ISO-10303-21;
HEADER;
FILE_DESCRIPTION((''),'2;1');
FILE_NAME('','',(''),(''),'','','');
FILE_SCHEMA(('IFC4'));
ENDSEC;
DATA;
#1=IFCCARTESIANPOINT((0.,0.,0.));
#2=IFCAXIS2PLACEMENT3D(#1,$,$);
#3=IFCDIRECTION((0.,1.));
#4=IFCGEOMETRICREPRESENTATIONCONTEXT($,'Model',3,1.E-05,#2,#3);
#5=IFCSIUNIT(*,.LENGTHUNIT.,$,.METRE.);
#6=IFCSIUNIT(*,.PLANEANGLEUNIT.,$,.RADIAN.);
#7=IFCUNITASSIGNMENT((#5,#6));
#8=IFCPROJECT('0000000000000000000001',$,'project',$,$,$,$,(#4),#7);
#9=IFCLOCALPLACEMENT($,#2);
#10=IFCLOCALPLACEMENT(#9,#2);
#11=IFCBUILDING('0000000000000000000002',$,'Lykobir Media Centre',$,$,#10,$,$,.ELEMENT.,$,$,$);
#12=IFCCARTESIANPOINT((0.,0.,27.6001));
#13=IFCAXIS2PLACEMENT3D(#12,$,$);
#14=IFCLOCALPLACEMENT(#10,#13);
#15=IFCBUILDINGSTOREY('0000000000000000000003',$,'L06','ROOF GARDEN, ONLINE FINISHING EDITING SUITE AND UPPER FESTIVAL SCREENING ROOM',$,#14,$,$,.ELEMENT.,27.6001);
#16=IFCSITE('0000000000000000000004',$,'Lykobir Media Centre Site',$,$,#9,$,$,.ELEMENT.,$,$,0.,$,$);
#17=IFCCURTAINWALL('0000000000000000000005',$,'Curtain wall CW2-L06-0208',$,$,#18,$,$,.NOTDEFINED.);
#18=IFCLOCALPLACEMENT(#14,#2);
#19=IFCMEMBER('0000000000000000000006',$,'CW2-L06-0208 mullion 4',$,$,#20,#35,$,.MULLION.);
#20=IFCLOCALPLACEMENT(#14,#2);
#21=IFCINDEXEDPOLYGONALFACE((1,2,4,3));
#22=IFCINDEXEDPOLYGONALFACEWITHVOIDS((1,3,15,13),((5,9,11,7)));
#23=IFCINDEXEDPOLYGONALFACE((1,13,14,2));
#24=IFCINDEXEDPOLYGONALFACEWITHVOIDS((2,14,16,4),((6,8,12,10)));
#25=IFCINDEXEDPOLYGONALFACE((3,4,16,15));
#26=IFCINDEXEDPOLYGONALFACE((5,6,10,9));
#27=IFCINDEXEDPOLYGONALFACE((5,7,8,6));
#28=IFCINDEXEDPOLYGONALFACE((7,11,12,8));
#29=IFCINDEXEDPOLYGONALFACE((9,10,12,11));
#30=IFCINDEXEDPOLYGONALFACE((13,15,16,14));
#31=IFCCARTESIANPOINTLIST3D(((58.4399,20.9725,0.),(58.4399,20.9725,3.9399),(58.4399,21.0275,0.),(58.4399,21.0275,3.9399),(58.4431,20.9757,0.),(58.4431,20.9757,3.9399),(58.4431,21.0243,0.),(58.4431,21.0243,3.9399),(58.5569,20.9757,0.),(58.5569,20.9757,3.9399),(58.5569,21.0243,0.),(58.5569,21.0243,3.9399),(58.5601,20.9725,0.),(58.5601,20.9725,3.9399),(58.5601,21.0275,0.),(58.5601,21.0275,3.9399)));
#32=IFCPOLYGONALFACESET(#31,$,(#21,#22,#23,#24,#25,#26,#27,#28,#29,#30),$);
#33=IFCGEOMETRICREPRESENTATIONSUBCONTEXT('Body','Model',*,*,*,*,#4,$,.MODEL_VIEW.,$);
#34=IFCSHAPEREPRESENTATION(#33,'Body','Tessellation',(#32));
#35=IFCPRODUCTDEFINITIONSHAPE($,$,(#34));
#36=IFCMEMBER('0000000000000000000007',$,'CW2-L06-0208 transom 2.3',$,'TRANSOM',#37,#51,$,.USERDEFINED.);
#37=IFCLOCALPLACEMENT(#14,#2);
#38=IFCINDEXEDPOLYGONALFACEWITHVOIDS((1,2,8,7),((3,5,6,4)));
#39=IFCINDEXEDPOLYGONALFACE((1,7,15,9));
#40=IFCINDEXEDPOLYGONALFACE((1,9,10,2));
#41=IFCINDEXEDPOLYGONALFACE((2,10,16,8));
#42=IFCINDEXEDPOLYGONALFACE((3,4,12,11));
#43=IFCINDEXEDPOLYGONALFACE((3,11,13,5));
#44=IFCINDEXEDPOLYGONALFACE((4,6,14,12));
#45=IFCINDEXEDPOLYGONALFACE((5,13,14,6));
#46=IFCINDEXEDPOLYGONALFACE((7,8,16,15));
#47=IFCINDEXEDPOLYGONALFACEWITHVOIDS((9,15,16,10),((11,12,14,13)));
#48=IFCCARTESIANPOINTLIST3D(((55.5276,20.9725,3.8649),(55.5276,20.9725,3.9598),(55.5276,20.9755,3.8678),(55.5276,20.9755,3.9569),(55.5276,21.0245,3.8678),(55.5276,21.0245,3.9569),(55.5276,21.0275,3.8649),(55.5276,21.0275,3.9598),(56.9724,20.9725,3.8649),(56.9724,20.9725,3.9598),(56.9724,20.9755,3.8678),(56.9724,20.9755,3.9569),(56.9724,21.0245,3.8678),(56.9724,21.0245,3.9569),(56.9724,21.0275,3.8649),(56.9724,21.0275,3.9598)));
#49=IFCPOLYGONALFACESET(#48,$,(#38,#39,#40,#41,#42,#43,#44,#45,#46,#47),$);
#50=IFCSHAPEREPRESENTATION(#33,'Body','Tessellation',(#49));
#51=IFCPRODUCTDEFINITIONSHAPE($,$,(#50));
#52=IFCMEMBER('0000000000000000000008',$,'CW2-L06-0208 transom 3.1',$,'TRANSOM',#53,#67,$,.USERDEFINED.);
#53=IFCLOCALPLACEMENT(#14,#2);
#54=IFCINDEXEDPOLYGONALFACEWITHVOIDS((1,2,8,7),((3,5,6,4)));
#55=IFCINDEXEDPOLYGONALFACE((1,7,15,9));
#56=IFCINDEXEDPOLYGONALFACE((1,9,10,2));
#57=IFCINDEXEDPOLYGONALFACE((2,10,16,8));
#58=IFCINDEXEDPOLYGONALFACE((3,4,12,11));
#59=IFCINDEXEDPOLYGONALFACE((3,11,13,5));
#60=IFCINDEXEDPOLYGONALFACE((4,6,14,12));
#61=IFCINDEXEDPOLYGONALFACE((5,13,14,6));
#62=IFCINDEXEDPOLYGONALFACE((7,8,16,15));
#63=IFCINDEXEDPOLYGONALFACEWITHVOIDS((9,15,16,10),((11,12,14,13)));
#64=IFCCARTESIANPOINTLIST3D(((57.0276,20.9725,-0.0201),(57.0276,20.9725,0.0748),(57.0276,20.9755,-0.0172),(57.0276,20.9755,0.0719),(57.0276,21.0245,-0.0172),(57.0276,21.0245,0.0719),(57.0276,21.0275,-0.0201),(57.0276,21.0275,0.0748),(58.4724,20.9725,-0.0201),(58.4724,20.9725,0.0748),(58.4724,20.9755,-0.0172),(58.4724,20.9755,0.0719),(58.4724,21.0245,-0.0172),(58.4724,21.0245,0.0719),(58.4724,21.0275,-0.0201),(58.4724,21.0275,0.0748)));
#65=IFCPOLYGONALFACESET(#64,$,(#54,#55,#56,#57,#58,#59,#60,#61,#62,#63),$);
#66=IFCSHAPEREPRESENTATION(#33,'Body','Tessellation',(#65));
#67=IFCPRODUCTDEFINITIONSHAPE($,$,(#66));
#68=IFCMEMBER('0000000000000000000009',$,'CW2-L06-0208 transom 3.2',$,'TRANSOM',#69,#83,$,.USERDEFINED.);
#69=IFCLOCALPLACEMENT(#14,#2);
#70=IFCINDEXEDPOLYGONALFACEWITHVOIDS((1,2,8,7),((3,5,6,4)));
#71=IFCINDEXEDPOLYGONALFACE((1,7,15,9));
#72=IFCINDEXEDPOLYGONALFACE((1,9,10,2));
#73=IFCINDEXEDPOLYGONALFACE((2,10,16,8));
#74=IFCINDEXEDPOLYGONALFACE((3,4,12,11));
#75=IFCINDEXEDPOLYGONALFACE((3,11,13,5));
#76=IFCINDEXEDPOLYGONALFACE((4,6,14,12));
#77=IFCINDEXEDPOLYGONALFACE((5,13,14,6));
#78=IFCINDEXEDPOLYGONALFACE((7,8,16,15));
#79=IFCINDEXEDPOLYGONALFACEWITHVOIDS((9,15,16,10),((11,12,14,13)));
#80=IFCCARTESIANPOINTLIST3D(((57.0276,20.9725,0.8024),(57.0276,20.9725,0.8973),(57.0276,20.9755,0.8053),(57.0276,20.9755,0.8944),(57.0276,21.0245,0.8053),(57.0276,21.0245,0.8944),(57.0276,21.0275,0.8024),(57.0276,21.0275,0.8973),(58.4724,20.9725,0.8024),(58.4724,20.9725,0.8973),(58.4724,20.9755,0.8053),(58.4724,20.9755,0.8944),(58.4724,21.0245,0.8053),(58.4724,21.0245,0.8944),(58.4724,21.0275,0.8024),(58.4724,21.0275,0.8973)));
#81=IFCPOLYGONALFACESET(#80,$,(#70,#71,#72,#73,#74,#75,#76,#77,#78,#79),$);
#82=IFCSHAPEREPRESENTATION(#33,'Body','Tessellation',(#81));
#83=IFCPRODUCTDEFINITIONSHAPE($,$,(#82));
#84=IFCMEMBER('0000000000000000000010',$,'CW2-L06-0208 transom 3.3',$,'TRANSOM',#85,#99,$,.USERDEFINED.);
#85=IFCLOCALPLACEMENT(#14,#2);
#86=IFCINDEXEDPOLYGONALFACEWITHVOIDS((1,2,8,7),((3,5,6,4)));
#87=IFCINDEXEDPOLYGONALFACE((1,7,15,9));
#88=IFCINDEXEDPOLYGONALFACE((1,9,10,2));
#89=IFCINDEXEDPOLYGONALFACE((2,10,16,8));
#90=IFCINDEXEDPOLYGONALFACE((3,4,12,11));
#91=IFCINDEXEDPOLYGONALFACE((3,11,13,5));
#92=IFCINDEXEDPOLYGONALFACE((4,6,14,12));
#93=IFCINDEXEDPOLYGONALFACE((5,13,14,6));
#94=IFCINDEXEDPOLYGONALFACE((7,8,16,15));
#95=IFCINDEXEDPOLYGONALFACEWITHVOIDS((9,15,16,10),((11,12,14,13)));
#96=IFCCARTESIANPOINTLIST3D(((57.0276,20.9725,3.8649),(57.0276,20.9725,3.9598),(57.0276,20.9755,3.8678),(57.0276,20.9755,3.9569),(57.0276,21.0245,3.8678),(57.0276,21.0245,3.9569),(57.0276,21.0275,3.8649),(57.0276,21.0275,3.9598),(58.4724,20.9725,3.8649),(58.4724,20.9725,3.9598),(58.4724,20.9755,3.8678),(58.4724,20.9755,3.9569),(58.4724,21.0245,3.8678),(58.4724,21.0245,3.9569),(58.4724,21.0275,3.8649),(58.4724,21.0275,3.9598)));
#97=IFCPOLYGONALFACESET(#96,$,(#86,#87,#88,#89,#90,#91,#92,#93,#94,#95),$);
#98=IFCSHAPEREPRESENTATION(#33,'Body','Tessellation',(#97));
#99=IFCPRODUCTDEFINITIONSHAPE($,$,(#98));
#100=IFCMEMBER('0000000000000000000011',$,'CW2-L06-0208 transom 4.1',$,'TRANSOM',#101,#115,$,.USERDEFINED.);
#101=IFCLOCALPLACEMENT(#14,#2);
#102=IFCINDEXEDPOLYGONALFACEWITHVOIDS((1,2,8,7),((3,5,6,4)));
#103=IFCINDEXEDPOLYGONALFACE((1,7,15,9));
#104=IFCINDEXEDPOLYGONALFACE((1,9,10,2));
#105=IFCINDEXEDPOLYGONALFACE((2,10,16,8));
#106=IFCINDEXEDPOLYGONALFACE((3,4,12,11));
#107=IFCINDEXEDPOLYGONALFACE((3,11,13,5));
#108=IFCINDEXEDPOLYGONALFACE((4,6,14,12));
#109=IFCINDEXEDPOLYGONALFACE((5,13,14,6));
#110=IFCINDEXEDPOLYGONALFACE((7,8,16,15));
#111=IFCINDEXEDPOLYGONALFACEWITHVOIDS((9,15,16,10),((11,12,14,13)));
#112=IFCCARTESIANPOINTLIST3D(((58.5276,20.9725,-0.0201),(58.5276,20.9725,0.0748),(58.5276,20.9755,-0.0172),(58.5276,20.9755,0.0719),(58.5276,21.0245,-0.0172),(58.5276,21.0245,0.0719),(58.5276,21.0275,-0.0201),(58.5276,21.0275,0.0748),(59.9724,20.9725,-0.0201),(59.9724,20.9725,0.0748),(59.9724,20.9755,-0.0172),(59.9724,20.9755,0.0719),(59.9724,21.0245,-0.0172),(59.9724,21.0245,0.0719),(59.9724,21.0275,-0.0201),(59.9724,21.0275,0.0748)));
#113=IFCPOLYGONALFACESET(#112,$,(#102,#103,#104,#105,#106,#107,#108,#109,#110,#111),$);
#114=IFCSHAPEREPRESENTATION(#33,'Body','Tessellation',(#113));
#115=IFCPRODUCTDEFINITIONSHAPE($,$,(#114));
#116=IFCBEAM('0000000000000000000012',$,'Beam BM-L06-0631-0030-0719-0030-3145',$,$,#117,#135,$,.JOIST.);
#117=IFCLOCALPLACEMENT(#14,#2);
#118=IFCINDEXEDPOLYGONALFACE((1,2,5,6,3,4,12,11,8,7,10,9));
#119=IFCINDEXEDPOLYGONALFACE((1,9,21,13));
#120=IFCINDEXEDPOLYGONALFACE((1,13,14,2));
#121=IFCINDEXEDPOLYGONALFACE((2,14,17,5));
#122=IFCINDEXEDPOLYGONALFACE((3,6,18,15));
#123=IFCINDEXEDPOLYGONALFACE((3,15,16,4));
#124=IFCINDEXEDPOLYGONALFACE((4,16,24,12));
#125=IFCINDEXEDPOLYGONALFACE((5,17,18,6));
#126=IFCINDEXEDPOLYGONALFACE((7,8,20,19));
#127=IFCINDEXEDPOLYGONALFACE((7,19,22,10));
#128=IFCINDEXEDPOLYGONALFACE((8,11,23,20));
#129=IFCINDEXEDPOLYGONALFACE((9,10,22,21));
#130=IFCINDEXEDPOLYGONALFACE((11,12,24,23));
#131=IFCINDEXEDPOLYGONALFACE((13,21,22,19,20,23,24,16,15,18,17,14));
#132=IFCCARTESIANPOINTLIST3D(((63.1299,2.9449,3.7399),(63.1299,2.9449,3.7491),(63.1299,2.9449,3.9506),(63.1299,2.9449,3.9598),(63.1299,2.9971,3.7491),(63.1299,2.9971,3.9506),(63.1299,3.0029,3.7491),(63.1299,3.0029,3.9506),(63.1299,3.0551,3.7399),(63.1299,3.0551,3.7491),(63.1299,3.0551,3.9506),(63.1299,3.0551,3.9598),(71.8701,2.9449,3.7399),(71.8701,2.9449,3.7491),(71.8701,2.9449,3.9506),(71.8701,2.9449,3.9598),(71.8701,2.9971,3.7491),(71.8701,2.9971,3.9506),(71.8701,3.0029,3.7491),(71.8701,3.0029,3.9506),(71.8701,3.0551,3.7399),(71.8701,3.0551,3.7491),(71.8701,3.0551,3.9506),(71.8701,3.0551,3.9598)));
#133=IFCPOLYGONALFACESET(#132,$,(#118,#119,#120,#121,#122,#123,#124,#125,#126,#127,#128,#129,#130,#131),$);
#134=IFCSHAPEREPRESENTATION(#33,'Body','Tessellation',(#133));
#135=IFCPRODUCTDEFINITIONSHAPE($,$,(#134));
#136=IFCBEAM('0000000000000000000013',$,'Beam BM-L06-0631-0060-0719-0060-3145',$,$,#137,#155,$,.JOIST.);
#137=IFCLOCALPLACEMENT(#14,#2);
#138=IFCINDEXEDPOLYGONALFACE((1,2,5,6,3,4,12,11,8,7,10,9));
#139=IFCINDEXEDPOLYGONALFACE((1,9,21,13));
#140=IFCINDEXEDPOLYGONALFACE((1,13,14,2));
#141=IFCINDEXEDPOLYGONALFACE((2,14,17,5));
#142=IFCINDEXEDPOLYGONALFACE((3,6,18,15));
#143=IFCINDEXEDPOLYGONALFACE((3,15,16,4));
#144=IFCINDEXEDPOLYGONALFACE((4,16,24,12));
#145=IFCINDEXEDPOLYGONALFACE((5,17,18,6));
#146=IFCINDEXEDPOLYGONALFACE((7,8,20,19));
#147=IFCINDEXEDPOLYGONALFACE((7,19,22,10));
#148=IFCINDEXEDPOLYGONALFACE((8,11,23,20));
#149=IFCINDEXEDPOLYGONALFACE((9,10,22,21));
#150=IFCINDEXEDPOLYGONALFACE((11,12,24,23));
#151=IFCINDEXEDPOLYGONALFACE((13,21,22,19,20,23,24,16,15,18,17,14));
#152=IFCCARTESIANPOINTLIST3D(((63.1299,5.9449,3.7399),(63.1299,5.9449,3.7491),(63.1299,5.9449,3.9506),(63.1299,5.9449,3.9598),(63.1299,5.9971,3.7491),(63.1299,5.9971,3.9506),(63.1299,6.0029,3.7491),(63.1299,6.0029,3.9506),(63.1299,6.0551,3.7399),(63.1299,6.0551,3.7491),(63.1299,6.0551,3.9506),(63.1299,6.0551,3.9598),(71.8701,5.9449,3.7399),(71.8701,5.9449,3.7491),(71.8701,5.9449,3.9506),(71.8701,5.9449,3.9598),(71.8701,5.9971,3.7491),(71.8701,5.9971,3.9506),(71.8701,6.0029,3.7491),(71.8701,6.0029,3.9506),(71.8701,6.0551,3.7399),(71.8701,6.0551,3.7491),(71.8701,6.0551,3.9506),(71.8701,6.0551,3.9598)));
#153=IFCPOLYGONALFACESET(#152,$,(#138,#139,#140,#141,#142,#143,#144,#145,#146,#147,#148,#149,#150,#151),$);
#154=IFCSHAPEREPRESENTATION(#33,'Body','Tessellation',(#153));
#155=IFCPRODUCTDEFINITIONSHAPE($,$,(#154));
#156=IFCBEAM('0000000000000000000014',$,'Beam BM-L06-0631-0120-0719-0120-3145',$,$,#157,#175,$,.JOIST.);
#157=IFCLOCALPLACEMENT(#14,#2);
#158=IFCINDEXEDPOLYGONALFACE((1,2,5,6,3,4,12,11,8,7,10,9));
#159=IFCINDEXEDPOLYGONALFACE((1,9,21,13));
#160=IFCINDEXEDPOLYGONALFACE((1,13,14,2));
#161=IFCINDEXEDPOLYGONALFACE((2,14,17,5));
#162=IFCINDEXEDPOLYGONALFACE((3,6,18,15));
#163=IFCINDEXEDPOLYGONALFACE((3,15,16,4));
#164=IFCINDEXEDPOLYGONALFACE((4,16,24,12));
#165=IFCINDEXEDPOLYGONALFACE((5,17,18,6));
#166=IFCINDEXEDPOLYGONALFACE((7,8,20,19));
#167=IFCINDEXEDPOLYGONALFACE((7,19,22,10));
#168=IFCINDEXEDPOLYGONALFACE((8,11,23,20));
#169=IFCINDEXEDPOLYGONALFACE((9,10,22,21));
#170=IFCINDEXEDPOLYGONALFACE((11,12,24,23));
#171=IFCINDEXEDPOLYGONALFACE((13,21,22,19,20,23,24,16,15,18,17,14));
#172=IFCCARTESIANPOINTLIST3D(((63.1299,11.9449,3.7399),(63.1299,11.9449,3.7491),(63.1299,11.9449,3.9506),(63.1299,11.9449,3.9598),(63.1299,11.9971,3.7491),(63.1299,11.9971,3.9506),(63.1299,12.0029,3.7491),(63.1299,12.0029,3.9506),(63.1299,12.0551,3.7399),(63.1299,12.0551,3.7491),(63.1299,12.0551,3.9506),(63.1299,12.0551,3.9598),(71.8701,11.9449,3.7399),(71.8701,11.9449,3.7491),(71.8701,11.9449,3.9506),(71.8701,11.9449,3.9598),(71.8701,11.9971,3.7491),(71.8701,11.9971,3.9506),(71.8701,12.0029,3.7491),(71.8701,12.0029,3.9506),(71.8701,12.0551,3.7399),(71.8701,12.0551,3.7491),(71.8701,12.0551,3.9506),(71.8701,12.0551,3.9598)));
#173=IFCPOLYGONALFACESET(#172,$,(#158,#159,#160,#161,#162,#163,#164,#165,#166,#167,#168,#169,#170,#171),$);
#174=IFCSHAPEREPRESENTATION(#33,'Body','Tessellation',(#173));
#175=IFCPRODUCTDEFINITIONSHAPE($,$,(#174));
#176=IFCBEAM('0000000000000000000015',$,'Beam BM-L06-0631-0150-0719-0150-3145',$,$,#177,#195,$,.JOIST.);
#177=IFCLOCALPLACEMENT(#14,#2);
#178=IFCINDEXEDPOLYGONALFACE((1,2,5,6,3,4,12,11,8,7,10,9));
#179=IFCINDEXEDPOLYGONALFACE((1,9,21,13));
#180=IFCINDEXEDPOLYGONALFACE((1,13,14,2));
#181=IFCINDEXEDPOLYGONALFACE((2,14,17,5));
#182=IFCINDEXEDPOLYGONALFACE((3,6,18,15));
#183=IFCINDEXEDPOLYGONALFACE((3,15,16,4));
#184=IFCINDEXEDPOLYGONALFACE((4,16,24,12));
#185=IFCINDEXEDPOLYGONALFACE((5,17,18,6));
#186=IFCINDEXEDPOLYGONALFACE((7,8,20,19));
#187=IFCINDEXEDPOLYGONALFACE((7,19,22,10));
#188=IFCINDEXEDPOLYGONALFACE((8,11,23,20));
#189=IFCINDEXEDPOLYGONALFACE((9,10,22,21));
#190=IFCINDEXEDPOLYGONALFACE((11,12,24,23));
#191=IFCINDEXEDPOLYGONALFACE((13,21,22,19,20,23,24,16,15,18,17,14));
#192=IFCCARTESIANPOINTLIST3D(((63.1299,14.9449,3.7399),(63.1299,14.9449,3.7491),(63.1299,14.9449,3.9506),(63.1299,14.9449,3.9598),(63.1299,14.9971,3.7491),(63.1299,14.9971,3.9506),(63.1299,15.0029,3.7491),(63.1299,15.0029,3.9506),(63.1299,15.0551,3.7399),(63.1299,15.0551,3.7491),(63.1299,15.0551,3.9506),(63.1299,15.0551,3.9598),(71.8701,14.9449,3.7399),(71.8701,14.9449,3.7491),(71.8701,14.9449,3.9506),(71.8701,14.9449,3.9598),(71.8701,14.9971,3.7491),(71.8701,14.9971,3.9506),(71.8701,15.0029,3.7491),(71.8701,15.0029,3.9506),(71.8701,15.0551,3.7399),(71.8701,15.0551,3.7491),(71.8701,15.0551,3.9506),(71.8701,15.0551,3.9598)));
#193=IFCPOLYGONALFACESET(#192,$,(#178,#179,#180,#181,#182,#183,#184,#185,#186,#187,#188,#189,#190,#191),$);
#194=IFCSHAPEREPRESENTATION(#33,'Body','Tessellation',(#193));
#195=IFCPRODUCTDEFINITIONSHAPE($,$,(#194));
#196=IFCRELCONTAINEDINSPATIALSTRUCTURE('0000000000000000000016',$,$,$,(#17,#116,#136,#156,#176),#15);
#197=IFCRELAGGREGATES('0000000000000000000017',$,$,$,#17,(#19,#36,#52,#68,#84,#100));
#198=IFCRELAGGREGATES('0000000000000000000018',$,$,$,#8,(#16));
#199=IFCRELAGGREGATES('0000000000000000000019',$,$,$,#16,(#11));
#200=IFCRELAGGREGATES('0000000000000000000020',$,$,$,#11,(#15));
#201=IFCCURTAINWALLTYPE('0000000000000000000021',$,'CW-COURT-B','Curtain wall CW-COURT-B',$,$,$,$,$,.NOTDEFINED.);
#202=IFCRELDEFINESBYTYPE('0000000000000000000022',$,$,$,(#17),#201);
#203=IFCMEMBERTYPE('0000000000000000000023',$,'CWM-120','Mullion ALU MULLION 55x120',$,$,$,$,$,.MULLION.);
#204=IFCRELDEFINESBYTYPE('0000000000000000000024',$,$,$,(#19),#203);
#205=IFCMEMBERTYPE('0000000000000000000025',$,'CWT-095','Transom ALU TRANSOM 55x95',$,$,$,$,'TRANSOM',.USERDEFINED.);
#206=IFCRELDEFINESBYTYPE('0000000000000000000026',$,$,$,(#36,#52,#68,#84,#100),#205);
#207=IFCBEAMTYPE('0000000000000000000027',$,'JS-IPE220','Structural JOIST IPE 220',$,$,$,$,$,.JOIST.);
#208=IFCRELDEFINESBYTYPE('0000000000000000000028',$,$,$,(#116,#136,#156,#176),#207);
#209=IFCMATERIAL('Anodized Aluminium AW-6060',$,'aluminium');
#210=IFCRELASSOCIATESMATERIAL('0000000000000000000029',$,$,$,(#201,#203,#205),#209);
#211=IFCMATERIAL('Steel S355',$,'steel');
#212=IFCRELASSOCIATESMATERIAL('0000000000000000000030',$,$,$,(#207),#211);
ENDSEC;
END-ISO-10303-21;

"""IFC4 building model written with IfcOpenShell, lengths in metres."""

from ifc_helpers import new_model, si_unit, direction, frame, origin, origin_2d, place, context, subcontext, project, spatial, hollow_rectangle, i_section, extrude, material, material_profile, profile_set, type_object, element, aggregate, save


model = new_model("IFC4")

# Units and contexts
model_context = context("Model", 3, precision=1e-05, world=origin(), true_north=direction((0.0, 1.0)))
body_context = subcontext(model_context, "Body", "Model", "MODEL_VIEW")
ifc_project = project(units=[si_unit("LENGTHUNIT", "METRE"), si_unit("PLANEANGLEUNIT", "RADIAN")], contexts=[model_context])

# Site, building, storey
site_placement = place(None, origin())
site = spatial("IfcSite", under=ifc_project, at=site_placement, Name="Lykobir Media Centre Site", CompositionType="ELEMENT", RefElevation=0.0)
building_placement = place(site_placement, origin())
building = spatial("IfcBuilding", under=site, at=building_placement, Name="Lykobir Media Centre", CompositionType="ELEMENT")
storey_placement = place(building_placement, frame((0.0, 0.0, 27.6001)))
storey = spatial("IfcBuildingStorey", under=building, at=storey_placement, Name="L06", Description="ROOF GARDEN, ONLINE FINISHING EDITING SUITE AND UPPER FESTIVAL SCREENING ROOM", CompositionType="ELEMENT", Elevation=27.6001)

# Shared definitions
ifc_material_1 = material(Name="Steel S355", Category="steel")

# Curtain wall, members
ifc_material_2 = material(Name="Anodized Aluminium AW-6060", Category="aluminium")
curtain_wall_type = type_object("IfcCurtainWallType", Name="CW-COURT-B", Description="Curtain wall CW-COURT-B", PredefinedType="NOTDEFINED", material=ifc_material_2)
curtain_wall_placement = place(storey_placement, origin())
curtain_wall = element("IfcCurtainWall", 1, at=curtain_wall_placement, inside=storey, type_object=curtain_wall_type, Name="Curtain wall CW2-L06-0208", PredefinedType="NOTDEFINED")
ifc_material_profile_1 = material_profile(ifc_material_2, hollow_rectangle(XDim=0.0549, YDim=0.1201, WallThickness=0.0032, at=origin_2d()), Name="ALU MULLION 55x120")
ifc_profile_set_1 = profile_set([ifc_material_profile_1], Name="Anodized Aluminium AW-6060")
member_type_1 = type_object("IfcMemberType", Name="CWM-120", Description="Mullion ALU MULLION 55x120", PredefinedType="MULLION", material=ifc_profile_set_1)
member_1_placement = place(storey_placement, frame((58.5, 21.0, 0.0), z_axis=(0.0, 0.0, 1.0), x_axis=(0.0, 1.0, 0.0)))
member_1 = element("IfcMember", 2, at=member_1_placement, type_object=member_type_1, Name="CW2-L06-0208 mullion 4", PredefinedType="MULLION", context=body_context, shape_type="SweptSolid", body=[
    extrude(hollow_rectangle(XDim=0.0549, YDim=0.1201, WallThickness=0.0032, at=origin_2d()), origin(), (0.0, 0.0, 1.0), 3.9399),
])
ifc_material_profile_2 = material_profile(ifc_material_2, hollow_rectangle(XDim=0.0549, YDim=0.095, WallThickness=0.0029, at=origin_2d()), Name="ALU TRANSOM 55x95")
ifc_profile_set_2 = profile_set([ifc_material_profile_2], Name="Anodized Aluminium AW-6060")
member_type_2 = type_object("IfcMemberType", Name="CWT-095", Description="Transom ALU TRANSOM 55x95", ElementType="TRANSOM", PredefinedType="USERDEFINED", material=ifc_profile_set_2)
member_2_placement = place(storey_placement, frame((55.5276, 21.0, 3.9124), z_axis=(1.0, 0.0, 0.0), x_axis=(0.0, 1.0, 0.0)))
member_2 = element("IfcMember", 3, at=member_2_placement, type_object=member_type_2, Name="CW2-L06-0208 transom 2.3", ObjectType="TRANSOM", PredefinedType="USERDEFINED", context=body_context, shape_type="SweptSolid", body=[
    extrude(hollow_rectangle(XDim=0.0549, YDim=0.095, WallThickness=0.0029, at=origin_2d()), origin(), (0.0, 0.0, 1.0), 1.4448),
])
member_3_placement = place(storey_placement, frame((57.0276, 21.0, 0.0273), z_axis=(1.0, 0.0, 0.0), x_axis=(0.0, 1.0, 0.0)))
member_3 = element("IfcMember", 4, at=member_3_placement, type_object=member_type_2, Name="CW2-L06-0208 transom 3.1", ObjectType="TRANSOM", PredefinedType="USERDEFINED", context=body_context, shape_type="SweptSolid", body=[
    extrude(hollow_rectangle(XDim=0.0549, YDim=0.095, WallThickness=0.0029, at=origin_2d()), origin(), (0.0, 0.0, 1.0), 1.4448),
])
member_4_placement = place(storey_placement, frame((57.0276, 21.0, 0.8499), z_axis=(1.0, 0.0, 0.0), x_axis=(0.0, 1.0, 0.0)))
member_4 = element("IfcMember", 5, at=member_4_placement, type_object=member_type_2, Name="CW2-L06-0208 transom 3.2", ObjectType="TRANSOM", PredefinedType="USERDEFINED", context=body_context, shape_type="SweptSolid", body=[
    extrude(hollow_rectangle(XDim=0.0549, YDim=0.095, WallThickness=0.0029, at=origin_2d()), origin(), (0.0, 0.0, 1.0), 1.4448),
])
member_5_placement = place(storey_placement, frame((57.0276, 21.0, 3.9124), z_axis=(1.0, 0.0, 0.0), x_axis=(0.0, 1.0, 0.0)))
member_5 = element("IfcMember", 6, at=member_5_placement, type_object=member_type_2, Name="CW2-L06-0208 transom 3.3", ObjectType="TRANSOM", PredefinedType="USERDEFINED", context=body_context, shape_type="SweptSolid", body=[
    extrude(hollow_rectangle(XDim=0.0549, YDim=0.095, WallThickness=0.0029, at=origin_2d()), origin(), (0.0, 0.0, 1.0), 1.4448),
])
member_6_placement = place(storey_placement, frame((58.5276, 21.0, 0.0273), z_axis=(1.0, 0.0, 0.0), x_axis=(0.0, 1.0, 0.0)))
member_6 = element("IfcMember", 7, at=member_6_placement, type_object=member_type_2, Name="CW2-L06-0208 transom 4.1", ObjectType="TRANSOM", PredefinedType="USERDEFINED", context=body_context, shape_type="SweptSolid", body=[
    extrude(hollow_rectangle(XDim=0.0549, YDim=0.095, WallThickness=0.0029, at=origin_2d()), origin(), (0.0, 0.0, 1.0), 1.4448),
])

# Beams
ifc_material_profile_3 = material_profile(ifc_material_1, i_section(OverallWidth=0.1101, OverallDepth=0.22, WebThickness=0.0059, FlangeThickness=0.0093, at=origin_2d()), Name="IPE 220")
ifc_profile_set_3 = profile_set([ifc_material_profile_3], Name="Steel S355")
beam_type_1 = type_object("IfcBeamType", Name="JS-IPE220", Description="Structural JOIST IPE 220", PredefinedType="JOIST", material=ifc_profile_set_3)
for number, where, z_axis, x_axis, name in (
    (8, (63.1299, 3.0, 3.8499), (1.0, 0.0, 0.0), (0.0, 1.0, 0.0), "Beam BM-L06-0631-0030-0719-0030-3145"),
    (9, (63.1299, 6.0, 3.8499), (1.0, 0.0, 0.0), (0.0, 1.0, 0.0), "Beam BM-L06-0631-0060-0719-0060-3145"),
    (10, (63.1299, 12.0, 3.8499), (1.0, 0.0, 0.0), (0.0, 1.0, 0.0), "Beam BM-L06-0631-0120-0719-0120-3145"),
    (11, (63.1299, 15.0, 3.8499), (1.0, 0.0, 0.0), (0.0, 1.0, 0.0), "Beam BM-L06-0631-0150-0719-0150-3145"),
):
    element("IfcBeam", number, at=place(storey_placement, frame(where, z_axis=z_axis, x_axis=x_axis)), inside=storey, type_object=beam_type_1, Name=name, PredefinedType="JOIST", context=body_context, shape_type="SweptSolid", body=[
        extrude(i_section(OverallWidth=0.1101, OverallDepth=0.22, WebThickness=0.0059, FlangeThickness=0.0093, at=origin_2d()), origin(), (0.0, 0.0, 1.0), 8.7402),
    ])

aggregate(curtain_wall, [member_1, member_2, member_3, member_4, member_5, member_6])

save(model, "model.ifc")
